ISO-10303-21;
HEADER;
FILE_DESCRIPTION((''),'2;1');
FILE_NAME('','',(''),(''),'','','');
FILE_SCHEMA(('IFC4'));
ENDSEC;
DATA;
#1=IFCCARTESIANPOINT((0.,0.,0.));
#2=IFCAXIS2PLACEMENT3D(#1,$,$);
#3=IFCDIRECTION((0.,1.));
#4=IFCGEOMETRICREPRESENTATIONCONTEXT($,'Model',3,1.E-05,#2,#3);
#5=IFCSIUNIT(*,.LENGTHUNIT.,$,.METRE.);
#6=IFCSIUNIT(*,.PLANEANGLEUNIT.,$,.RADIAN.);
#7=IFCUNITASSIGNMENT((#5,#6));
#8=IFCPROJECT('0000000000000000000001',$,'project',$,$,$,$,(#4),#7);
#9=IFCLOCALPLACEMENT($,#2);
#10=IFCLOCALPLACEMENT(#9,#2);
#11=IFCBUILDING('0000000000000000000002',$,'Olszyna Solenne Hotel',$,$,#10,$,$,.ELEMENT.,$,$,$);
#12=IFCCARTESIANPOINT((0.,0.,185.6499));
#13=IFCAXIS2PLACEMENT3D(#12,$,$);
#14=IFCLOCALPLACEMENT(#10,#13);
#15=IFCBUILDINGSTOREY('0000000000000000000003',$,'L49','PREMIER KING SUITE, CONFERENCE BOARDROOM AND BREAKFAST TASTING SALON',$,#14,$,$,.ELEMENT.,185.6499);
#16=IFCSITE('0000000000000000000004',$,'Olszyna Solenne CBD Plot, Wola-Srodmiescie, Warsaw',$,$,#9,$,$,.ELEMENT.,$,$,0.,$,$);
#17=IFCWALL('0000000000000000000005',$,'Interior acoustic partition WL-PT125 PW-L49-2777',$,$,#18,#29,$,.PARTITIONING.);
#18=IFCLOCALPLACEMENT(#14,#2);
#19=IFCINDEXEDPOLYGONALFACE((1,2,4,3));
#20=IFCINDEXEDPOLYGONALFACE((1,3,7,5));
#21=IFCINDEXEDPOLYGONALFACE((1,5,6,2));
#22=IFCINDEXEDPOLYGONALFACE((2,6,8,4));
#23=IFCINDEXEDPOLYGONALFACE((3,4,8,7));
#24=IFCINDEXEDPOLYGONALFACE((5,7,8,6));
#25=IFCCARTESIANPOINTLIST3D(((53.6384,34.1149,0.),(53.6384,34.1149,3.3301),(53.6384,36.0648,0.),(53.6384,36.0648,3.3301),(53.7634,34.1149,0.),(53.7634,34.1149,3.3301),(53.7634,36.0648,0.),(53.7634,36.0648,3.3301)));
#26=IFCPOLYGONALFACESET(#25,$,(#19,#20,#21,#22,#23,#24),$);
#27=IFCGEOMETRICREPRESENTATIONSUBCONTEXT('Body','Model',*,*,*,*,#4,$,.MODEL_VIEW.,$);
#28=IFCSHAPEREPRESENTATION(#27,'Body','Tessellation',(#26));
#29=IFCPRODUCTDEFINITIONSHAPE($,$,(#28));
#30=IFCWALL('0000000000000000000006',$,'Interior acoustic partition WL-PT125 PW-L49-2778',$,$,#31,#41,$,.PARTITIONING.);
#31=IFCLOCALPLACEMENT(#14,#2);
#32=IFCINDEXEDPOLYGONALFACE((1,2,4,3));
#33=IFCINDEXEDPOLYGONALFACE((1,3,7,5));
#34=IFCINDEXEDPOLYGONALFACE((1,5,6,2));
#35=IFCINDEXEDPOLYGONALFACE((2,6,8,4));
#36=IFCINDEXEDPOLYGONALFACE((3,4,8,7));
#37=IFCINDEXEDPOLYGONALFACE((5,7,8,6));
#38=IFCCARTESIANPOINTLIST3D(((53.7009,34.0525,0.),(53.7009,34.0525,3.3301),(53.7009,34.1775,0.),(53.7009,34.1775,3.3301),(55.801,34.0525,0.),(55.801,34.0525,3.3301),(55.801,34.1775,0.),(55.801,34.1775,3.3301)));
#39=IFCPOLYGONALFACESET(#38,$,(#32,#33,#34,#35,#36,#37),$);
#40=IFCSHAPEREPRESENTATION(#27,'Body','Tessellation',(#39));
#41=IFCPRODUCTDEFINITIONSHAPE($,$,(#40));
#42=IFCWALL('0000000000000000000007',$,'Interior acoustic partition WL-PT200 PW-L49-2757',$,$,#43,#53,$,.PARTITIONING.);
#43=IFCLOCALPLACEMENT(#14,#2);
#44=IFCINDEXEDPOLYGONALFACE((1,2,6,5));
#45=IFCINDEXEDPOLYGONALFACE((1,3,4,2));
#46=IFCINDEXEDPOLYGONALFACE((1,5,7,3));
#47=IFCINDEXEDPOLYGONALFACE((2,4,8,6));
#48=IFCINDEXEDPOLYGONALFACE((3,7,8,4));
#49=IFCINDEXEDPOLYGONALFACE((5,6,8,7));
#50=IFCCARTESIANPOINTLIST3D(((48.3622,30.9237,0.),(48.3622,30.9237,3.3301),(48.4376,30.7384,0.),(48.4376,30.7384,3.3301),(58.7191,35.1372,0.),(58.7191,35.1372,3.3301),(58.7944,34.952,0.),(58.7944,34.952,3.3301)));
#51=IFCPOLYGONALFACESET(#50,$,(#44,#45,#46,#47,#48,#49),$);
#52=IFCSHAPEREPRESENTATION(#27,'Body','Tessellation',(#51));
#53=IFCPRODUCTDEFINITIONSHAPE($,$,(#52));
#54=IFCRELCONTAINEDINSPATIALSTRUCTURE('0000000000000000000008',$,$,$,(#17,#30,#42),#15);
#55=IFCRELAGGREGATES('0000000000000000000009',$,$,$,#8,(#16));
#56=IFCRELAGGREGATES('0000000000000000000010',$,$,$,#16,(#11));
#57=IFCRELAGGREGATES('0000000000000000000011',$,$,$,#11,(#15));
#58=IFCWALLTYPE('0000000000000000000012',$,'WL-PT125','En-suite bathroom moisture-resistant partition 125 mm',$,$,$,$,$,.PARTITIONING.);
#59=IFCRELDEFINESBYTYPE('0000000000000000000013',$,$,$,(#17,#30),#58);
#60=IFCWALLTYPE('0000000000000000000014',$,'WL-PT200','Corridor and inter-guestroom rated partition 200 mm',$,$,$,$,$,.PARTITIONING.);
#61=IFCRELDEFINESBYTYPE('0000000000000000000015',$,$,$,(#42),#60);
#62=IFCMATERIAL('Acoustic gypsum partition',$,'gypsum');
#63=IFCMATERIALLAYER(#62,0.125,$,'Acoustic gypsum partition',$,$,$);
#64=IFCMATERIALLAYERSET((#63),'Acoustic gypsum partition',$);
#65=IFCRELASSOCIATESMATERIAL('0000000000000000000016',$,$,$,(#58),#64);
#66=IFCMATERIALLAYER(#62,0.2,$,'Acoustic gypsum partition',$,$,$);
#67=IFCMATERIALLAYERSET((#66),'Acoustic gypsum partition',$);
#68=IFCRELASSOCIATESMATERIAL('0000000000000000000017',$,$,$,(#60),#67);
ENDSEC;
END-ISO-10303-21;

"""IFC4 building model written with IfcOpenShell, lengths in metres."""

from ifc_helpers import new_model, si_unit, direction, frame, frame_2d, origin, place, context, subcontext, project, spatial, rectangle, extrude, material, layer, layer_set, type_object, element, save


model = new_model("IFC4")

# Units and contexts
model_context = context("Model", 3, precision=1e-05, world=origin(), true_north=direction((0.0, 1.0)))
body_context = subcontext(model_context, "Body", "Model", "MODEL_VIEW")
ifc_project = project(units=[si_unit("LENGTHUNIT", "METRE"), si_unit("PLANEANGLEUNIT", "RADIAN")], contexts=[model_context])

# Site, building, storey
site_placement = place(None, origin())
site = spatial("IfcSite", under=ifc_project, at=site_placement, Name="Olszyna Solenne CBD Plot, Wola-Srodmiescie, Warsaw", CompositionType="ELEMENT", RefElevation=0.0)
building_placement = place(site_placement, origin())
building = spatial("IfcBuilding", under=site, at=building_placement, Name="Olszyna Solenne Hotel", CompositionType="ELEMENT")
storey_placement = place(building_placement, frame((0.0, 0.0, 185.6499)))
storey = spatial("IfcBuildingStorey", under=building, at=storey_placement, Name="L49", Description="PREMIER KING SUITE, CONFERENCE BOARDROOM AND BREAKFAST TASTING SALON", CompositionType="ELEMENT", Elevation=185.6499)

# Shared definitions
ifc_material_1 = material(Name="Acoustic gypsum partition", Category="gypsum")
ifc_layer_1 = layer(ifc_material_1, 0.125, Name="Acoustic gypsum partition")
ifc_layer_set_1 = layer_set([ifc_layer_1], Name="Acoustic gypsum partition")
wall_type_1 = type_object("IfcWallType", Name="WL-PT125", Description="En-suite bathroom moisture-resistant partition 125 mm", PredefinedType="PARTITIONING", material=ifc_layer_set_1)

# Walls
wall_1_placement = place(storey_placement, frame((53.7009, 36.0649, 0.0), z_axis=(0.0, 0.0, 1.0), x_axis=(0.0, -1.0, 0.0)))
element("IfcWall", 1, at=wall_1_placement, inside=storey, type_object=wall_type_1, Name="Interior acoustic partition WL-PT125 PW-L49-2777", PredefinedType="PARTITIONING", context=body_context, shape_type="SweptSolid", body=[
    extrude(rectangle(XDim=1.95, YDim=0.125, at=frame_2d((0.9751, 0.0))), origin(), (0.0, 0.0, 1.0), 3.3301),
])
wall_2_placement = place(storey_placement, frame((53.7009, 34.115, 0.0), z_axis=(0.0, 0.0, 1.0), x_axis=(1.0, 0.0, 0.0)))
element("IfcWall", 2, at=wall_2_placement, inside=storey, type_object=wall_type_1, Name="Interior acoustic partition WL-PT125 PW-L49-2778", PredefinedType="PARTITIONING", context=body_context, shape_type="SweptSolid", body=[
    extrude(rectangle(XDim=2.1001, YDim=0.125, at=frame_2d((1.05, 0.0))), origin(), (0.0, 0.0, 1.0), 3.3301),
])
ifc_layer_2 = layer(ifc_material_1, 0.2, Name="Acoustic gypsum partition")
ifc_layer_set_2 = layer_set([ifc_layer_2], Name="Acoustic gypsum partition")
wall_type_2 = type_object("IfcWallType", Name="WL-PT200", Description="Corridor and inter-guestroom rated partition 200 mm", PredefinedType="PARTITIONING", material=ifc_layer_set_2)
wall_3_placement = place(storey_placement, frame((48.3999, 30.8311, 0.0), z_axis=(0.0, 0.0, 1.0), x_axis=(0.926276, 0.376847, 0.0)))
element("IfcWall", 3, at=wall_3_placement, inside=storey, type_object=wall_type_2, Name="Interior acoustic partition WL-PT200 PW-L49-2757", PredefinedType="PARTITIONING", context=body_context, shape_type="SweptSolid", body=[
    extrude(rectangle(XDim=11.1812, YDim=0.2, at=frame_2d((5.5906, 0.0))), origin(), (0.0, 0.0, 1.0), 3.3301),
])

save(model, "model.ifc")
